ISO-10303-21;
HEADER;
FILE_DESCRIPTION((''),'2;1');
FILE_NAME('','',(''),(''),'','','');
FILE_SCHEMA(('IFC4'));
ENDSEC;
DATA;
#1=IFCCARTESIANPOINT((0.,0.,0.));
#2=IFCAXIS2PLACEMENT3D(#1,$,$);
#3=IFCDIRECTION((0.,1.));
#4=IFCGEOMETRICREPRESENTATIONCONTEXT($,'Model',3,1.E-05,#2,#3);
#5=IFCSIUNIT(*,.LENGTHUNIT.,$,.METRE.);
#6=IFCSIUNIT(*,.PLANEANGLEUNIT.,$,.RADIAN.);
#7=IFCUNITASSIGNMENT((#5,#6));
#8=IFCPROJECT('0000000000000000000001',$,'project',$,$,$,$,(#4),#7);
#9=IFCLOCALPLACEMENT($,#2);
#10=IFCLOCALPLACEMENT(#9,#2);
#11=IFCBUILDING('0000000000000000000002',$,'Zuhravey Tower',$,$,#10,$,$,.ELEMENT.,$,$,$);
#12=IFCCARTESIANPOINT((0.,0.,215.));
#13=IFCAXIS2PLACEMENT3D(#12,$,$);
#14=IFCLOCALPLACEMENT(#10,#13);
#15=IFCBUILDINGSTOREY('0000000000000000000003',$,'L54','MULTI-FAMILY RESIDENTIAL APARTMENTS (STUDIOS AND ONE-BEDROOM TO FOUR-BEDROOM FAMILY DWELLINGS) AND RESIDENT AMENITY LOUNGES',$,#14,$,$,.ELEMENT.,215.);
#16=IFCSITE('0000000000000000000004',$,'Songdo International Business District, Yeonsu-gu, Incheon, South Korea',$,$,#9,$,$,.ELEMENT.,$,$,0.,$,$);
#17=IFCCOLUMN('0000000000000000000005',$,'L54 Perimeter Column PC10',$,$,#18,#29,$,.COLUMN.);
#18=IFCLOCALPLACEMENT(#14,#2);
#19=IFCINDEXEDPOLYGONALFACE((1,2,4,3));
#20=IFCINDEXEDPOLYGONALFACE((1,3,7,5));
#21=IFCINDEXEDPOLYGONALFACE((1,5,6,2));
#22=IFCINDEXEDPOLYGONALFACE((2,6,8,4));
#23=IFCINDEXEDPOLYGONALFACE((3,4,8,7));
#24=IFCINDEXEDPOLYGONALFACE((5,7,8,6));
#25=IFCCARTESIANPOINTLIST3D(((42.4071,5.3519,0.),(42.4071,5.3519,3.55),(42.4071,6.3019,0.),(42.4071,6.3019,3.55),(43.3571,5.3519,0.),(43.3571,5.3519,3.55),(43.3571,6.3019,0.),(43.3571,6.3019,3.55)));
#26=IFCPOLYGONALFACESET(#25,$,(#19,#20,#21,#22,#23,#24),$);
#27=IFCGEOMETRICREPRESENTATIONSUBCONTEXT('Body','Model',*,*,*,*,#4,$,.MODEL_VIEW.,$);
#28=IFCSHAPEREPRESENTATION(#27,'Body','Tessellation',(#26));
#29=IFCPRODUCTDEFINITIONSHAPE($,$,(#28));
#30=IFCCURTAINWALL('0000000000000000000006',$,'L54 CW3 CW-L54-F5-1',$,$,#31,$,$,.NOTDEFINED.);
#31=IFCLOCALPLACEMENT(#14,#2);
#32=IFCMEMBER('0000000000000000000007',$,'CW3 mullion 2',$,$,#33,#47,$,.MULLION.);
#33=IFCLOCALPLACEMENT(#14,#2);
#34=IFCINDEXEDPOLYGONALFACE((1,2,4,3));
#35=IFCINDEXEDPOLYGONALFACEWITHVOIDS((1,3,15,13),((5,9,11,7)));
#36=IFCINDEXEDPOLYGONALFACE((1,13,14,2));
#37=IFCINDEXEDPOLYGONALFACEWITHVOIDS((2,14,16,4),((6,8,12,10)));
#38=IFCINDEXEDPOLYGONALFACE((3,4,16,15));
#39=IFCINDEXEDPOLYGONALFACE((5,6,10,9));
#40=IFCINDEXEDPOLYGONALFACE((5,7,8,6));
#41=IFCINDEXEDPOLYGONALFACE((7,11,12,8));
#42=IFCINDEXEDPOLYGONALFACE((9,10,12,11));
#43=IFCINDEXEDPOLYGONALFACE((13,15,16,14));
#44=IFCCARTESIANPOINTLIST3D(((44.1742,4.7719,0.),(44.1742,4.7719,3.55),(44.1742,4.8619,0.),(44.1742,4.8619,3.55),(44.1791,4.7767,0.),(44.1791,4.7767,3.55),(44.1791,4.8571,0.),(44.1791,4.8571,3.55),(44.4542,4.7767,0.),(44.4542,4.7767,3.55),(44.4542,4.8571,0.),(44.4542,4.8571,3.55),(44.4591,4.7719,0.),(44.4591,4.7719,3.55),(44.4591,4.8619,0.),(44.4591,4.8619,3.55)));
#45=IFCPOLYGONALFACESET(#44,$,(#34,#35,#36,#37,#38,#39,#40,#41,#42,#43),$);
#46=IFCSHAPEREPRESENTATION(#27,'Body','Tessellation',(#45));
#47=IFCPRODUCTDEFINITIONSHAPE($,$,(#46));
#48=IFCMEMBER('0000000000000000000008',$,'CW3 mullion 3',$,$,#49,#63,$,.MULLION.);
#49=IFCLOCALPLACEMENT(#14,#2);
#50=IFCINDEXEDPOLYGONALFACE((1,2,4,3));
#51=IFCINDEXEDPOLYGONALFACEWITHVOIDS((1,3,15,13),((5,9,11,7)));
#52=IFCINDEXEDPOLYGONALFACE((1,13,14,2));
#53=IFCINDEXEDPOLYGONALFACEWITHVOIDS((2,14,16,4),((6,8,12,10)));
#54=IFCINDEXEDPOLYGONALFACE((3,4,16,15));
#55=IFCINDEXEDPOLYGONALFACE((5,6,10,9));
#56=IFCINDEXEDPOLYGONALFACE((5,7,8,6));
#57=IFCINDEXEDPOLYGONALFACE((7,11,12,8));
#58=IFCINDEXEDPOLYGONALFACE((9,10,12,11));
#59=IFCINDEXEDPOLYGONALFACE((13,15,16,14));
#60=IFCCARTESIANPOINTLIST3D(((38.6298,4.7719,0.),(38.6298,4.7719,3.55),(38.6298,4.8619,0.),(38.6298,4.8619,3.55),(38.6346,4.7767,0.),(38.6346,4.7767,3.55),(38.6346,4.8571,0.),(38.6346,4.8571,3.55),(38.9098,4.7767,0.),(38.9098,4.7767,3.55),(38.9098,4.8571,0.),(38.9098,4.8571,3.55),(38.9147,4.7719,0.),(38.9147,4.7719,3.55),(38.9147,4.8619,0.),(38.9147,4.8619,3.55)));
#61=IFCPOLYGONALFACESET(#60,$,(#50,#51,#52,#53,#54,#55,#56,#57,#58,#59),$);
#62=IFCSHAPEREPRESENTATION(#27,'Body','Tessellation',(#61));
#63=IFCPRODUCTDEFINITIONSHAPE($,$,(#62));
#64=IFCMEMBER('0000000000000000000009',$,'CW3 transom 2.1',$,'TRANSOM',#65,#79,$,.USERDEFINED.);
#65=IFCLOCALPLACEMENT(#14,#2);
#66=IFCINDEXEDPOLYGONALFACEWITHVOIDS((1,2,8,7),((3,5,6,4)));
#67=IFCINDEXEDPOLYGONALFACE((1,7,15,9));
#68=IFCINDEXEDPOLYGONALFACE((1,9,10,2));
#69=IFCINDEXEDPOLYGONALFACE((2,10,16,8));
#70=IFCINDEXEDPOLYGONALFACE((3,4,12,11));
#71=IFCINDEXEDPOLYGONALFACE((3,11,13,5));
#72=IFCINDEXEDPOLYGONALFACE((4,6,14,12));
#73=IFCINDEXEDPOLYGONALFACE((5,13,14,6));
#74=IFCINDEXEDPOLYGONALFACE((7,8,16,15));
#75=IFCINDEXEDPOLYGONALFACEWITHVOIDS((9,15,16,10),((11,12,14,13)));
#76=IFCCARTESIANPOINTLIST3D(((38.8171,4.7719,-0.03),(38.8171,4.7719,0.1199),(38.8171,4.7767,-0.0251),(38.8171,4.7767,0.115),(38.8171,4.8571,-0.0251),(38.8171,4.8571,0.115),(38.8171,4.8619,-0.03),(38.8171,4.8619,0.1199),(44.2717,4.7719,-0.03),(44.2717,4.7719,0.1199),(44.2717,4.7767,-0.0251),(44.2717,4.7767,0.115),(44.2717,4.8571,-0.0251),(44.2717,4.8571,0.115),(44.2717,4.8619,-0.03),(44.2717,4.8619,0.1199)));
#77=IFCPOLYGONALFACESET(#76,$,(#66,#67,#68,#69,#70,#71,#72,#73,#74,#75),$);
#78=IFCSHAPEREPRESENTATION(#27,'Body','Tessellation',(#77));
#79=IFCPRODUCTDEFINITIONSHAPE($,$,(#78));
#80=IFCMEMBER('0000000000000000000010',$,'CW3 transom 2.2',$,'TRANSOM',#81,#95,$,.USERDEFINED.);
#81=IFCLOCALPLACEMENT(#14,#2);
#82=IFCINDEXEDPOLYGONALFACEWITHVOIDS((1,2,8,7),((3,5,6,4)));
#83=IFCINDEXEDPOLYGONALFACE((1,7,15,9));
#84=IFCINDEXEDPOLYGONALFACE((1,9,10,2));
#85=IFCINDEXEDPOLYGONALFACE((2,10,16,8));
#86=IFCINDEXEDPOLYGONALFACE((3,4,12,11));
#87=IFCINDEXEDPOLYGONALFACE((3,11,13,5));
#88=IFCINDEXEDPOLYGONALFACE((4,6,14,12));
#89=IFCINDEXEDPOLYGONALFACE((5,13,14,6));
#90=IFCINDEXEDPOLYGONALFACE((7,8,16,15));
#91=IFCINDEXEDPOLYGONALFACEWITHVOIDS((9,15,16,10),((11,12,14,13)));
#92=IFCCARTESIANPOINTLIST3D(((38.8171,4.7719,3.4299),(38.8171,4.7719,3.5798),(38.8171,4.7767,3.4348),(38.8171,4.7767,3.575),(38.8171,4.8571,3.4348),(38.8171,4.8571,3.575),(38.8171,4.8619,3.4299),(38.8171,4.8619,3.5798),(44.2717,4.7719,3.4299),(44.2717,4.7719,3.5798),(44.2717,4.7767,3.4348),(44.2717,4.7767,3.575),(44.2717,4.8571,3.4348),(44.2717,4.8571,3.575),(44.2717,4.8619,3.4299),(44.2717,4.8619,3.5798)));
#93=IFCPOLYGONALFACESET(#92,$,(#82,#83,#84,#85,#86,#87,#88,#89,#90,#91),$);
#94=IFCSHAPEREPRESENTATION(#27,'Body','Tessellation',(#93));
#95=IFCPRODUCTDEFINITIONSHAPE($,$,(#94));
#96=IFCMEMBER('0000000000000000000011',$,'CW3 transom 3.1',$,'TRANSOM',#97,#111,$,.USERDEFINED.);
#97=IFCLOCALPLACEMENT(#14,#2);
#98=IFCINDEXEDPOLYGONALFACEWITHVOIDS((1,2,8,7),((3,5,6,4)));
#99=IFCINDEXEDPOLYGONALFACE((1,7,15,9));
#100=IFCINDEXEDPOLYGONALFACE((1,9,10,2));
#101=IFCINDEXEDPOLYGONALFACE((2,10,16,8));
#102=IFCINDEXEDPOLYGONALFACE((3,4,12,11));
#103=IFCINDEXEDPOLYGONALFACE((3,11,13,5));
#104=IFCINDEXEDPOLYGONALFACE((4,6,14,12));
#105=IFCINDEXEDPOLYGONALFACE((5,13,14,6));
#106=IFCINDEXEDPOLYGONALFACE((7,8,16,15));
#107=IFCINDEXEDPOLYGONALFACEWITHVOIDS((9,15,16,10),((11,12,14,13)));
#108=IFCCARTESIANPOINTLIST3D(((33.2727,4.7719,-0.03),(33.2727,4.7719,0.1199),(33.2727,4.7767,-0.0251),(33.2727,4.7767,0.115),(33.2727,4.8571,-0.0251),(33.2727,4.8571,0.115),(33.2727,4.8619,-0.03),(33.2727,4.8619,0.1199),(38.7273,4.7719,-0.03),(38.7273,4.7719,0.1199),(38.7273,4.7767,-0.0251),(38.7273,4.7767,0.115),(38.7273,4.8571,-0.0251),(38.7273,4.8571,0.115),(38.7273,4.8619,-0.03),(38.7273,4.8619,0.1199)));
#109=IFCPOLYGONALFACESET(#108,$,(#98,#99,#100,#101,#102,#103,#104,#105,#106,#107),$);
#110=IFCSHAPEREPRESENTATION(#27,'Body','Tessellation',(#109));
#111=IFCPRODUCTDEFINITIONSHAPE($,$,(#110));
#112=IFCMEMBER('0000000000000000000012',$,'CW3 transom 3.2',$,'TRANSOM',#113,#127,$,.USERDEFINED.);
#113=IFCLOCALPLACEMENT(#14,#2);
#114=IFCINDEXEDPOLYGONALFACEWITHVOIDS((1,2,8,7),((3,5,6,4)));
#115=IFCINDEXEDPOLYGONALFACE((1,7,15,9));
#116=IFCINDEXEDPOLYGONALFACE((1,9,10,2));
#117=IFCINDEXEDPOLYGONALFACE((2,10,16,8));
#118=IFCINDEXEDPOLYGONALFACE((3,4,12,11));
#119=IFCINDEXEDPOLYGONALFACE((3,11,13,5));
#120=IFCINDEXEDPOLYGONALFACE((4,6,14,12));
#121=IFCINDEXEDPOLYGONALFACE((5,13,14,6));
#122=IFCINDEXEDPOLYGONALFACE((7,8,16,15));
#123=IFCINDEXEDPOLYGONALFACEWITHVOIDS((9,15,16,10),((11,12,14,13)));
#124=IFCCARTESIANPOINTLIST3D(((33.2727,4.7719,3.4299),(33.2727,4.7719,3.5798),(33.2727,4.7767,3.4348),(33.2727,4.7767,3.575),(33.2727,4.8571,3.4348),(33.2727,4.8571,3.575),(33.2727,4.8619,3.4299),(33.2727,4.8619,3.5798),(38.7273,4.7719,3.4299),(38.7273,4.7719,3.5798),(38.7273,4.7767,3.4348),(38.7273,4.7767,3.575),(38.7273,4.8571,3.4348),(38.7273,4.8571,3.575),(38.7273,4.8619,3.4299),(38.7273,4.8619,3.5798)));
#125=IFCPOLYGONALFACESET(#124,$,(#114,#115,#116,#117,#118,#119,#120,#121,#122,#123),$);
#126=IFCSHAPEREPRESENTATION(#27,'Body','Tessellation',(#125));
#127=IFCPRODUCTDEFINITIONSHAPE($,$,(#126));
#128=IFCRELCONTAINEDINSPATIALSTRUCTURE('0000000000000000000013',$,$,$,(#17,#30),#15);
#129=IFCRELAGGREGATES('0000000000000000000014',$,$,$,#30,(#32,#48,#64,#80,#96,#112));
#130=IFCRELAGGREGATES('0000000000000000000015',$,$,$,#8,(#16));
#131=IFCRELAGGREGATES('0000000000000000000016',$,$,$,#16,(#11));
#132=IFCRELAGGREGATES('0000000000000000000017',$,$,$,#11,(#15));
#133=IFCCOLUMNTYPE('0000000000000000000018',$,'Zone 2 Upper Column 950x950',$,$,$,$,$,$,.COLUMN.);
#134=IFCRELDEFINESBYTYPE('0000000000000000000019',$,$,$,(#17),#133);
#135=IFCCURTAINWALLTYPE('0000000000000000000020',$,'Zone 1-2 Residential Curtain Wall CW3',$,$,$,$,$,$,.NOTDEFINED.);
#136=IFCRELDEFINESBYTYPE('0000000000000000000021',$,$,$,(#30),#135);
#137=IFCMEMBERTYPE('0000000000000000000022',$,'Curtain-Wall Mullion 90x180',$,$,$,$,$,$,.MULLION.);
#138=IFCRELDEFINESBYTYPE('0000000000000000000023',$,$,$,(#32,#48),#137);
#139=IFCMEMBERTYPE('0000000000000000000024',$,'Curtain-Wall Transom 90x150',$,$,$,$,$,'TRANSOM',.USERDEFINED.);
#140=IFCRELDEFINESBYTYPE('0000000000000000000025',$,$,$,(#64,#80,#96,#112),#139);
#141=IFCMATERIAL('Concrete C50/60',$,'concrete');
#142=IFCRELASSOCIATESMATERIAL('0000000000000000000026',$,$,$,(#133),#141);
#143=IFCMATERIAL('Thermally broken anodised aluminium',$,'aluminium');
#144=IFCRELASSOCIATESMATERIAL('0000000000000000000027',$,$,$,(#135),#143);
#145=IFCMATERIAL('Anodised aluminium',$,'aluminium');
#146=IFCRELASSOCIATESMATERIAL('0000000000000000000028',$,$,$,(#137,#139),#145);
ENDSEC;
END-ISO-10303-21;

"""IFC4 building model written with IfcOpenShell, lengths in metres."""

from ifc_helpers import new_model, si_unit, direction, frame, origin, origin_2d, place, context, subcontext, project, spatial, rectangle, hollow_rectangle, extrude, material, material_profile, profile_set, type_object, element, aggregate, save


model = new_model("IFC4")

# Units and contexts
model_context = context("Model", 3, precision=1e-05, world=origin(), true_north=direction((0.0, 1.0)))
body_context = subcontext(model_context, "Body", "Model", "MODEL_VIEW")
ifc_project = project(units=[si_unit("LENGTHUNIT", "METRE"), si_unit("PLANEANGLEUNIT", "RADIAN")], contexts=[model_context])

# Site, building, storey
site_placement = place(None, origin())
site = spatial("IfcSite", under=ifc_project, at=site_placement, Name="Songdo International Business District, Yeonsu-gu, Incheon, South Korea", CompositionType="ELEMENT", RefElevation=0.0)
building_placement = place(site_placement, origin())
building = spatial("IfcBuilding", under=site, at=building_placement, Name="Zuhravey Tower", CompositionType="ELEMENT")
storey_placement = place(building_placement, frame((0.0, 0.0, 215.0)))
storey = spatial("IfcBuildingStorey", under=building, at=storey_placement, Name="L54", Description="MULTI-FAMILY RESIDENTIAL APARTMENTS (STUDIOS AND ONE-BEDROOM TO FOUR-BEDROOM FAMILY DWELLINGS) AND RESIDENT AMENITY LOUNGES", CompositionType="ELEMENT", Elevation=215.0)

# Column
ifc_material_1 = material(Name="Concrete C50/60", Category="concrete")
ifc_material_profile_1 = material_profile(ifc_material_1, rectangle(XDim=0.95, YDim=0.95, at=origin_2d()), Name="RC-950x950")
ifc_profile_set_1 = profile_set([ifc_material_profile_1], Name="Concrete C50/60")
column_type = type_object("IfcColumnType", Name="Zone 2 Upper Column 950x950", PredefinedType="COLUMN", material=ifc_profile_set_1)
column_placement = place(storey_placement, frame((42.8821, 5.8269, 0.0), z_axis=(0.0, 0.0, 1.0), x_axis=(1.0, 0.0, 0.0)))
element("IfcColumn", 1, at=column_placement, inside=storey, type_object=column_type, Name="L54 Perimeter Column PC10", PredefinedType="COLUMN", context=body_context, shape_type="SweptSolid", body=[
    extrude(rectangle(XDim=0.95, YDim=0.95, at=origin_2d()), origin(), (0.0, 0.0, 1.0), 3.55),
])

# Curtain wall, members
ifc_material_2 = material(Name="Thermally broken anodised aluminium", Category="aluminium")
curtain_wall_type = type_object("IfcCurtainWallType", Name="Zone 1-2 Residential Curtain Wall CW3", PredefinedType="NOTDEFINED", material=ifc_material_2)
curtain_wall_placement = place(storey_placement, origin())
curtain_wall = element("IfcCurtainWall", 2, at=curtain_wall_placement, inside=storey, type_object=curtain_wall_type, Name="L54 CW3 CW-L54-F5-1", PredefinedType="NOTDEFINED")
ifc_material_3 = material(Name="Anodised aluminium", Category="aluminium")
ifc_material_profile_2 = material_profile(ifc_material_3, hollow_rectangle(XDim=0.0901, YDim=0.2849, WallThickness=0.0049, at=origin_2d()), Name="ALU-RHS-90x285x5")
ifc_profile_set_2 = profile_set([ifc_material_profile_2], Name="Anodised aluminium")
member_type_1 = type_object("IfcMemberType", Name="Curtain-Wall Mullion 90x180", PredefinedType="MULLION", material=ifc_profile_set_2)
member_1_placement = place(storey_placement, frame((44.3167, 4.8169, 0.0), z_axis=(0.0, 0.0, 1.0), x_axis=(0.0, -1.0, 0.0)))
member_1 = element("IfcMember", 3, at=member_1_placement, type_object=member_type_1, Name="CW3 mullion 2", PredefinedType="MULLION", context=body_context, shape_type="SweptSolid", body=[
    extrude(hollow_rectangle(XDim=0.0901, YDim=0.2849, WallThickness=0.0049, at=origin_2d()), origin(), (0.0, 0.0, 1.0), 3.55),
])
member_2_placement = place(storey_placement, frame((38.7722, 4.8169, 0.0), z_axis=(0.0, 0.0, 1.0), x_axis=(0.0, -1.0, 0.0)))
member_2 = element("IfcMember", 4, at=member_2_placement, type_object=member_type_1, Name="CW3 mullion 3", PredefinedType="MULLION", context=body_context, shape_type="SweptSolid", body=[
    extrude(hollow_rectangle(XDim=0.0901, YDim=0.2849, WallThickness=0.0049, at=origin_2d()), origin(), (0.0, 0.0, 1.0), 3.55),
])
ifc_material_profile_3 = material_profile(ifc_material_3, hollow_rectangle(XDim=0.0901, YDim=0.1499, WallThickness=0.0049, at=origin_2d()), Name="ALU-RHS-90x150x5")
ifc_profile_set_3 = profile_set([ifc_material_profile_3], Name="Anodised aluminium")
member_type_2 = type_object("IfcMemberType", Name="Curtain-Wall Transom 90x150", ElementType="TRANSOM", PredefinedType="USERDEFINED", material=ifc_profile_set_3)
member_3_placement = place(storey_placement, frame((44.2717, 4.8169, 0.0449), z_axis=(-1.0, 0.0, 0.0), x_axis=(0.0, -1.0, 0.0)))
member_3 = element("IfcMember", 5, at=member_3_placement, type_object=member_type_2, Name="CW3 transom 2.1", ObjectType="TRANSOM", PredefinedType="USERDEFINED", context=body_context, shape_type="SweptSolid", body=[
    extrude(hollow_rectangle(XDim=0.0901, YDim=0.1499, WallThickness=0.0049, at=origin_2d()), origin(), (0.0, 0.0, 1.0), 5.4546),
])
member_4_placement = place(storey_placement, frame((44.2717, 4.8169, 3.5049), z_axis=(-1.0, 0.0, 0.0), x_axis=(0.0, -1.0, 0.0)))
member_4 = element("IfcMember", 6, at=member_4_placement, type_object=member_type_2, Name="CW3 transom 2.2", ObjectType="TRANSOM", PredefinedType="USERDEFINED", context=body_context, shape_type="SweptSolid", body=[
    extrude(hollow_rectangle(XDim=0.0901, YDim=0.1499, WallThickness=0.0049, at=origin_2d()), origin(), (0.0, 0.0, 1.0), 5.4546),
])
member_5_placement = place(storey_placement, frame((38.7273, 4.8169, 0.0449), z_axis=(-1.0, 0.0, 0.0), x_axis=(0.0, -1.0, 0.0)))
member_5 = element("IfcMember", 7, at=member_5_placement, type_object=member_type_2, Name="CW3 transom 3.1", ObjectType="TRANSOM", PredefinedType="USERDEFINED", context=body_context, shape_type="SweptSolid", body=[
    extrude(hollow_rectangle(XDim=0.0901, YDim=0.1499, WallThickness=0.0049, at=origin_2d()), origin(), (0.0, 0.0, 1.0), 5.4546),
])
member_6_placement = place(storey_placement, frame((38.7273, 4.8169, 3.5049), z_axis=(-1.0, 0.0, 0.0), x_axis=(0.0, -1.0, 0.0)))
member_6 = element("IfcMember", 8, at=member_6_placement, type_object=member_type_2, Name="CW3 transom 3.2", ObjectType="TRANSOM", PredefinedType="USERDEFINED", context=body_context, shape_type="SweptSolid", body=[
    extrude(hollow_rectangle(XDim=0.0901, YDim=0.1499, WallThickness=0.0049, at=origin_2d()), origin(), (0.0, 0.0, 1.0), 5.4546),
])

aggregate(curtain_wall, [member_1, member_2, member_3, member_4, member_5, member_6])

save(model, "model.ifc")
